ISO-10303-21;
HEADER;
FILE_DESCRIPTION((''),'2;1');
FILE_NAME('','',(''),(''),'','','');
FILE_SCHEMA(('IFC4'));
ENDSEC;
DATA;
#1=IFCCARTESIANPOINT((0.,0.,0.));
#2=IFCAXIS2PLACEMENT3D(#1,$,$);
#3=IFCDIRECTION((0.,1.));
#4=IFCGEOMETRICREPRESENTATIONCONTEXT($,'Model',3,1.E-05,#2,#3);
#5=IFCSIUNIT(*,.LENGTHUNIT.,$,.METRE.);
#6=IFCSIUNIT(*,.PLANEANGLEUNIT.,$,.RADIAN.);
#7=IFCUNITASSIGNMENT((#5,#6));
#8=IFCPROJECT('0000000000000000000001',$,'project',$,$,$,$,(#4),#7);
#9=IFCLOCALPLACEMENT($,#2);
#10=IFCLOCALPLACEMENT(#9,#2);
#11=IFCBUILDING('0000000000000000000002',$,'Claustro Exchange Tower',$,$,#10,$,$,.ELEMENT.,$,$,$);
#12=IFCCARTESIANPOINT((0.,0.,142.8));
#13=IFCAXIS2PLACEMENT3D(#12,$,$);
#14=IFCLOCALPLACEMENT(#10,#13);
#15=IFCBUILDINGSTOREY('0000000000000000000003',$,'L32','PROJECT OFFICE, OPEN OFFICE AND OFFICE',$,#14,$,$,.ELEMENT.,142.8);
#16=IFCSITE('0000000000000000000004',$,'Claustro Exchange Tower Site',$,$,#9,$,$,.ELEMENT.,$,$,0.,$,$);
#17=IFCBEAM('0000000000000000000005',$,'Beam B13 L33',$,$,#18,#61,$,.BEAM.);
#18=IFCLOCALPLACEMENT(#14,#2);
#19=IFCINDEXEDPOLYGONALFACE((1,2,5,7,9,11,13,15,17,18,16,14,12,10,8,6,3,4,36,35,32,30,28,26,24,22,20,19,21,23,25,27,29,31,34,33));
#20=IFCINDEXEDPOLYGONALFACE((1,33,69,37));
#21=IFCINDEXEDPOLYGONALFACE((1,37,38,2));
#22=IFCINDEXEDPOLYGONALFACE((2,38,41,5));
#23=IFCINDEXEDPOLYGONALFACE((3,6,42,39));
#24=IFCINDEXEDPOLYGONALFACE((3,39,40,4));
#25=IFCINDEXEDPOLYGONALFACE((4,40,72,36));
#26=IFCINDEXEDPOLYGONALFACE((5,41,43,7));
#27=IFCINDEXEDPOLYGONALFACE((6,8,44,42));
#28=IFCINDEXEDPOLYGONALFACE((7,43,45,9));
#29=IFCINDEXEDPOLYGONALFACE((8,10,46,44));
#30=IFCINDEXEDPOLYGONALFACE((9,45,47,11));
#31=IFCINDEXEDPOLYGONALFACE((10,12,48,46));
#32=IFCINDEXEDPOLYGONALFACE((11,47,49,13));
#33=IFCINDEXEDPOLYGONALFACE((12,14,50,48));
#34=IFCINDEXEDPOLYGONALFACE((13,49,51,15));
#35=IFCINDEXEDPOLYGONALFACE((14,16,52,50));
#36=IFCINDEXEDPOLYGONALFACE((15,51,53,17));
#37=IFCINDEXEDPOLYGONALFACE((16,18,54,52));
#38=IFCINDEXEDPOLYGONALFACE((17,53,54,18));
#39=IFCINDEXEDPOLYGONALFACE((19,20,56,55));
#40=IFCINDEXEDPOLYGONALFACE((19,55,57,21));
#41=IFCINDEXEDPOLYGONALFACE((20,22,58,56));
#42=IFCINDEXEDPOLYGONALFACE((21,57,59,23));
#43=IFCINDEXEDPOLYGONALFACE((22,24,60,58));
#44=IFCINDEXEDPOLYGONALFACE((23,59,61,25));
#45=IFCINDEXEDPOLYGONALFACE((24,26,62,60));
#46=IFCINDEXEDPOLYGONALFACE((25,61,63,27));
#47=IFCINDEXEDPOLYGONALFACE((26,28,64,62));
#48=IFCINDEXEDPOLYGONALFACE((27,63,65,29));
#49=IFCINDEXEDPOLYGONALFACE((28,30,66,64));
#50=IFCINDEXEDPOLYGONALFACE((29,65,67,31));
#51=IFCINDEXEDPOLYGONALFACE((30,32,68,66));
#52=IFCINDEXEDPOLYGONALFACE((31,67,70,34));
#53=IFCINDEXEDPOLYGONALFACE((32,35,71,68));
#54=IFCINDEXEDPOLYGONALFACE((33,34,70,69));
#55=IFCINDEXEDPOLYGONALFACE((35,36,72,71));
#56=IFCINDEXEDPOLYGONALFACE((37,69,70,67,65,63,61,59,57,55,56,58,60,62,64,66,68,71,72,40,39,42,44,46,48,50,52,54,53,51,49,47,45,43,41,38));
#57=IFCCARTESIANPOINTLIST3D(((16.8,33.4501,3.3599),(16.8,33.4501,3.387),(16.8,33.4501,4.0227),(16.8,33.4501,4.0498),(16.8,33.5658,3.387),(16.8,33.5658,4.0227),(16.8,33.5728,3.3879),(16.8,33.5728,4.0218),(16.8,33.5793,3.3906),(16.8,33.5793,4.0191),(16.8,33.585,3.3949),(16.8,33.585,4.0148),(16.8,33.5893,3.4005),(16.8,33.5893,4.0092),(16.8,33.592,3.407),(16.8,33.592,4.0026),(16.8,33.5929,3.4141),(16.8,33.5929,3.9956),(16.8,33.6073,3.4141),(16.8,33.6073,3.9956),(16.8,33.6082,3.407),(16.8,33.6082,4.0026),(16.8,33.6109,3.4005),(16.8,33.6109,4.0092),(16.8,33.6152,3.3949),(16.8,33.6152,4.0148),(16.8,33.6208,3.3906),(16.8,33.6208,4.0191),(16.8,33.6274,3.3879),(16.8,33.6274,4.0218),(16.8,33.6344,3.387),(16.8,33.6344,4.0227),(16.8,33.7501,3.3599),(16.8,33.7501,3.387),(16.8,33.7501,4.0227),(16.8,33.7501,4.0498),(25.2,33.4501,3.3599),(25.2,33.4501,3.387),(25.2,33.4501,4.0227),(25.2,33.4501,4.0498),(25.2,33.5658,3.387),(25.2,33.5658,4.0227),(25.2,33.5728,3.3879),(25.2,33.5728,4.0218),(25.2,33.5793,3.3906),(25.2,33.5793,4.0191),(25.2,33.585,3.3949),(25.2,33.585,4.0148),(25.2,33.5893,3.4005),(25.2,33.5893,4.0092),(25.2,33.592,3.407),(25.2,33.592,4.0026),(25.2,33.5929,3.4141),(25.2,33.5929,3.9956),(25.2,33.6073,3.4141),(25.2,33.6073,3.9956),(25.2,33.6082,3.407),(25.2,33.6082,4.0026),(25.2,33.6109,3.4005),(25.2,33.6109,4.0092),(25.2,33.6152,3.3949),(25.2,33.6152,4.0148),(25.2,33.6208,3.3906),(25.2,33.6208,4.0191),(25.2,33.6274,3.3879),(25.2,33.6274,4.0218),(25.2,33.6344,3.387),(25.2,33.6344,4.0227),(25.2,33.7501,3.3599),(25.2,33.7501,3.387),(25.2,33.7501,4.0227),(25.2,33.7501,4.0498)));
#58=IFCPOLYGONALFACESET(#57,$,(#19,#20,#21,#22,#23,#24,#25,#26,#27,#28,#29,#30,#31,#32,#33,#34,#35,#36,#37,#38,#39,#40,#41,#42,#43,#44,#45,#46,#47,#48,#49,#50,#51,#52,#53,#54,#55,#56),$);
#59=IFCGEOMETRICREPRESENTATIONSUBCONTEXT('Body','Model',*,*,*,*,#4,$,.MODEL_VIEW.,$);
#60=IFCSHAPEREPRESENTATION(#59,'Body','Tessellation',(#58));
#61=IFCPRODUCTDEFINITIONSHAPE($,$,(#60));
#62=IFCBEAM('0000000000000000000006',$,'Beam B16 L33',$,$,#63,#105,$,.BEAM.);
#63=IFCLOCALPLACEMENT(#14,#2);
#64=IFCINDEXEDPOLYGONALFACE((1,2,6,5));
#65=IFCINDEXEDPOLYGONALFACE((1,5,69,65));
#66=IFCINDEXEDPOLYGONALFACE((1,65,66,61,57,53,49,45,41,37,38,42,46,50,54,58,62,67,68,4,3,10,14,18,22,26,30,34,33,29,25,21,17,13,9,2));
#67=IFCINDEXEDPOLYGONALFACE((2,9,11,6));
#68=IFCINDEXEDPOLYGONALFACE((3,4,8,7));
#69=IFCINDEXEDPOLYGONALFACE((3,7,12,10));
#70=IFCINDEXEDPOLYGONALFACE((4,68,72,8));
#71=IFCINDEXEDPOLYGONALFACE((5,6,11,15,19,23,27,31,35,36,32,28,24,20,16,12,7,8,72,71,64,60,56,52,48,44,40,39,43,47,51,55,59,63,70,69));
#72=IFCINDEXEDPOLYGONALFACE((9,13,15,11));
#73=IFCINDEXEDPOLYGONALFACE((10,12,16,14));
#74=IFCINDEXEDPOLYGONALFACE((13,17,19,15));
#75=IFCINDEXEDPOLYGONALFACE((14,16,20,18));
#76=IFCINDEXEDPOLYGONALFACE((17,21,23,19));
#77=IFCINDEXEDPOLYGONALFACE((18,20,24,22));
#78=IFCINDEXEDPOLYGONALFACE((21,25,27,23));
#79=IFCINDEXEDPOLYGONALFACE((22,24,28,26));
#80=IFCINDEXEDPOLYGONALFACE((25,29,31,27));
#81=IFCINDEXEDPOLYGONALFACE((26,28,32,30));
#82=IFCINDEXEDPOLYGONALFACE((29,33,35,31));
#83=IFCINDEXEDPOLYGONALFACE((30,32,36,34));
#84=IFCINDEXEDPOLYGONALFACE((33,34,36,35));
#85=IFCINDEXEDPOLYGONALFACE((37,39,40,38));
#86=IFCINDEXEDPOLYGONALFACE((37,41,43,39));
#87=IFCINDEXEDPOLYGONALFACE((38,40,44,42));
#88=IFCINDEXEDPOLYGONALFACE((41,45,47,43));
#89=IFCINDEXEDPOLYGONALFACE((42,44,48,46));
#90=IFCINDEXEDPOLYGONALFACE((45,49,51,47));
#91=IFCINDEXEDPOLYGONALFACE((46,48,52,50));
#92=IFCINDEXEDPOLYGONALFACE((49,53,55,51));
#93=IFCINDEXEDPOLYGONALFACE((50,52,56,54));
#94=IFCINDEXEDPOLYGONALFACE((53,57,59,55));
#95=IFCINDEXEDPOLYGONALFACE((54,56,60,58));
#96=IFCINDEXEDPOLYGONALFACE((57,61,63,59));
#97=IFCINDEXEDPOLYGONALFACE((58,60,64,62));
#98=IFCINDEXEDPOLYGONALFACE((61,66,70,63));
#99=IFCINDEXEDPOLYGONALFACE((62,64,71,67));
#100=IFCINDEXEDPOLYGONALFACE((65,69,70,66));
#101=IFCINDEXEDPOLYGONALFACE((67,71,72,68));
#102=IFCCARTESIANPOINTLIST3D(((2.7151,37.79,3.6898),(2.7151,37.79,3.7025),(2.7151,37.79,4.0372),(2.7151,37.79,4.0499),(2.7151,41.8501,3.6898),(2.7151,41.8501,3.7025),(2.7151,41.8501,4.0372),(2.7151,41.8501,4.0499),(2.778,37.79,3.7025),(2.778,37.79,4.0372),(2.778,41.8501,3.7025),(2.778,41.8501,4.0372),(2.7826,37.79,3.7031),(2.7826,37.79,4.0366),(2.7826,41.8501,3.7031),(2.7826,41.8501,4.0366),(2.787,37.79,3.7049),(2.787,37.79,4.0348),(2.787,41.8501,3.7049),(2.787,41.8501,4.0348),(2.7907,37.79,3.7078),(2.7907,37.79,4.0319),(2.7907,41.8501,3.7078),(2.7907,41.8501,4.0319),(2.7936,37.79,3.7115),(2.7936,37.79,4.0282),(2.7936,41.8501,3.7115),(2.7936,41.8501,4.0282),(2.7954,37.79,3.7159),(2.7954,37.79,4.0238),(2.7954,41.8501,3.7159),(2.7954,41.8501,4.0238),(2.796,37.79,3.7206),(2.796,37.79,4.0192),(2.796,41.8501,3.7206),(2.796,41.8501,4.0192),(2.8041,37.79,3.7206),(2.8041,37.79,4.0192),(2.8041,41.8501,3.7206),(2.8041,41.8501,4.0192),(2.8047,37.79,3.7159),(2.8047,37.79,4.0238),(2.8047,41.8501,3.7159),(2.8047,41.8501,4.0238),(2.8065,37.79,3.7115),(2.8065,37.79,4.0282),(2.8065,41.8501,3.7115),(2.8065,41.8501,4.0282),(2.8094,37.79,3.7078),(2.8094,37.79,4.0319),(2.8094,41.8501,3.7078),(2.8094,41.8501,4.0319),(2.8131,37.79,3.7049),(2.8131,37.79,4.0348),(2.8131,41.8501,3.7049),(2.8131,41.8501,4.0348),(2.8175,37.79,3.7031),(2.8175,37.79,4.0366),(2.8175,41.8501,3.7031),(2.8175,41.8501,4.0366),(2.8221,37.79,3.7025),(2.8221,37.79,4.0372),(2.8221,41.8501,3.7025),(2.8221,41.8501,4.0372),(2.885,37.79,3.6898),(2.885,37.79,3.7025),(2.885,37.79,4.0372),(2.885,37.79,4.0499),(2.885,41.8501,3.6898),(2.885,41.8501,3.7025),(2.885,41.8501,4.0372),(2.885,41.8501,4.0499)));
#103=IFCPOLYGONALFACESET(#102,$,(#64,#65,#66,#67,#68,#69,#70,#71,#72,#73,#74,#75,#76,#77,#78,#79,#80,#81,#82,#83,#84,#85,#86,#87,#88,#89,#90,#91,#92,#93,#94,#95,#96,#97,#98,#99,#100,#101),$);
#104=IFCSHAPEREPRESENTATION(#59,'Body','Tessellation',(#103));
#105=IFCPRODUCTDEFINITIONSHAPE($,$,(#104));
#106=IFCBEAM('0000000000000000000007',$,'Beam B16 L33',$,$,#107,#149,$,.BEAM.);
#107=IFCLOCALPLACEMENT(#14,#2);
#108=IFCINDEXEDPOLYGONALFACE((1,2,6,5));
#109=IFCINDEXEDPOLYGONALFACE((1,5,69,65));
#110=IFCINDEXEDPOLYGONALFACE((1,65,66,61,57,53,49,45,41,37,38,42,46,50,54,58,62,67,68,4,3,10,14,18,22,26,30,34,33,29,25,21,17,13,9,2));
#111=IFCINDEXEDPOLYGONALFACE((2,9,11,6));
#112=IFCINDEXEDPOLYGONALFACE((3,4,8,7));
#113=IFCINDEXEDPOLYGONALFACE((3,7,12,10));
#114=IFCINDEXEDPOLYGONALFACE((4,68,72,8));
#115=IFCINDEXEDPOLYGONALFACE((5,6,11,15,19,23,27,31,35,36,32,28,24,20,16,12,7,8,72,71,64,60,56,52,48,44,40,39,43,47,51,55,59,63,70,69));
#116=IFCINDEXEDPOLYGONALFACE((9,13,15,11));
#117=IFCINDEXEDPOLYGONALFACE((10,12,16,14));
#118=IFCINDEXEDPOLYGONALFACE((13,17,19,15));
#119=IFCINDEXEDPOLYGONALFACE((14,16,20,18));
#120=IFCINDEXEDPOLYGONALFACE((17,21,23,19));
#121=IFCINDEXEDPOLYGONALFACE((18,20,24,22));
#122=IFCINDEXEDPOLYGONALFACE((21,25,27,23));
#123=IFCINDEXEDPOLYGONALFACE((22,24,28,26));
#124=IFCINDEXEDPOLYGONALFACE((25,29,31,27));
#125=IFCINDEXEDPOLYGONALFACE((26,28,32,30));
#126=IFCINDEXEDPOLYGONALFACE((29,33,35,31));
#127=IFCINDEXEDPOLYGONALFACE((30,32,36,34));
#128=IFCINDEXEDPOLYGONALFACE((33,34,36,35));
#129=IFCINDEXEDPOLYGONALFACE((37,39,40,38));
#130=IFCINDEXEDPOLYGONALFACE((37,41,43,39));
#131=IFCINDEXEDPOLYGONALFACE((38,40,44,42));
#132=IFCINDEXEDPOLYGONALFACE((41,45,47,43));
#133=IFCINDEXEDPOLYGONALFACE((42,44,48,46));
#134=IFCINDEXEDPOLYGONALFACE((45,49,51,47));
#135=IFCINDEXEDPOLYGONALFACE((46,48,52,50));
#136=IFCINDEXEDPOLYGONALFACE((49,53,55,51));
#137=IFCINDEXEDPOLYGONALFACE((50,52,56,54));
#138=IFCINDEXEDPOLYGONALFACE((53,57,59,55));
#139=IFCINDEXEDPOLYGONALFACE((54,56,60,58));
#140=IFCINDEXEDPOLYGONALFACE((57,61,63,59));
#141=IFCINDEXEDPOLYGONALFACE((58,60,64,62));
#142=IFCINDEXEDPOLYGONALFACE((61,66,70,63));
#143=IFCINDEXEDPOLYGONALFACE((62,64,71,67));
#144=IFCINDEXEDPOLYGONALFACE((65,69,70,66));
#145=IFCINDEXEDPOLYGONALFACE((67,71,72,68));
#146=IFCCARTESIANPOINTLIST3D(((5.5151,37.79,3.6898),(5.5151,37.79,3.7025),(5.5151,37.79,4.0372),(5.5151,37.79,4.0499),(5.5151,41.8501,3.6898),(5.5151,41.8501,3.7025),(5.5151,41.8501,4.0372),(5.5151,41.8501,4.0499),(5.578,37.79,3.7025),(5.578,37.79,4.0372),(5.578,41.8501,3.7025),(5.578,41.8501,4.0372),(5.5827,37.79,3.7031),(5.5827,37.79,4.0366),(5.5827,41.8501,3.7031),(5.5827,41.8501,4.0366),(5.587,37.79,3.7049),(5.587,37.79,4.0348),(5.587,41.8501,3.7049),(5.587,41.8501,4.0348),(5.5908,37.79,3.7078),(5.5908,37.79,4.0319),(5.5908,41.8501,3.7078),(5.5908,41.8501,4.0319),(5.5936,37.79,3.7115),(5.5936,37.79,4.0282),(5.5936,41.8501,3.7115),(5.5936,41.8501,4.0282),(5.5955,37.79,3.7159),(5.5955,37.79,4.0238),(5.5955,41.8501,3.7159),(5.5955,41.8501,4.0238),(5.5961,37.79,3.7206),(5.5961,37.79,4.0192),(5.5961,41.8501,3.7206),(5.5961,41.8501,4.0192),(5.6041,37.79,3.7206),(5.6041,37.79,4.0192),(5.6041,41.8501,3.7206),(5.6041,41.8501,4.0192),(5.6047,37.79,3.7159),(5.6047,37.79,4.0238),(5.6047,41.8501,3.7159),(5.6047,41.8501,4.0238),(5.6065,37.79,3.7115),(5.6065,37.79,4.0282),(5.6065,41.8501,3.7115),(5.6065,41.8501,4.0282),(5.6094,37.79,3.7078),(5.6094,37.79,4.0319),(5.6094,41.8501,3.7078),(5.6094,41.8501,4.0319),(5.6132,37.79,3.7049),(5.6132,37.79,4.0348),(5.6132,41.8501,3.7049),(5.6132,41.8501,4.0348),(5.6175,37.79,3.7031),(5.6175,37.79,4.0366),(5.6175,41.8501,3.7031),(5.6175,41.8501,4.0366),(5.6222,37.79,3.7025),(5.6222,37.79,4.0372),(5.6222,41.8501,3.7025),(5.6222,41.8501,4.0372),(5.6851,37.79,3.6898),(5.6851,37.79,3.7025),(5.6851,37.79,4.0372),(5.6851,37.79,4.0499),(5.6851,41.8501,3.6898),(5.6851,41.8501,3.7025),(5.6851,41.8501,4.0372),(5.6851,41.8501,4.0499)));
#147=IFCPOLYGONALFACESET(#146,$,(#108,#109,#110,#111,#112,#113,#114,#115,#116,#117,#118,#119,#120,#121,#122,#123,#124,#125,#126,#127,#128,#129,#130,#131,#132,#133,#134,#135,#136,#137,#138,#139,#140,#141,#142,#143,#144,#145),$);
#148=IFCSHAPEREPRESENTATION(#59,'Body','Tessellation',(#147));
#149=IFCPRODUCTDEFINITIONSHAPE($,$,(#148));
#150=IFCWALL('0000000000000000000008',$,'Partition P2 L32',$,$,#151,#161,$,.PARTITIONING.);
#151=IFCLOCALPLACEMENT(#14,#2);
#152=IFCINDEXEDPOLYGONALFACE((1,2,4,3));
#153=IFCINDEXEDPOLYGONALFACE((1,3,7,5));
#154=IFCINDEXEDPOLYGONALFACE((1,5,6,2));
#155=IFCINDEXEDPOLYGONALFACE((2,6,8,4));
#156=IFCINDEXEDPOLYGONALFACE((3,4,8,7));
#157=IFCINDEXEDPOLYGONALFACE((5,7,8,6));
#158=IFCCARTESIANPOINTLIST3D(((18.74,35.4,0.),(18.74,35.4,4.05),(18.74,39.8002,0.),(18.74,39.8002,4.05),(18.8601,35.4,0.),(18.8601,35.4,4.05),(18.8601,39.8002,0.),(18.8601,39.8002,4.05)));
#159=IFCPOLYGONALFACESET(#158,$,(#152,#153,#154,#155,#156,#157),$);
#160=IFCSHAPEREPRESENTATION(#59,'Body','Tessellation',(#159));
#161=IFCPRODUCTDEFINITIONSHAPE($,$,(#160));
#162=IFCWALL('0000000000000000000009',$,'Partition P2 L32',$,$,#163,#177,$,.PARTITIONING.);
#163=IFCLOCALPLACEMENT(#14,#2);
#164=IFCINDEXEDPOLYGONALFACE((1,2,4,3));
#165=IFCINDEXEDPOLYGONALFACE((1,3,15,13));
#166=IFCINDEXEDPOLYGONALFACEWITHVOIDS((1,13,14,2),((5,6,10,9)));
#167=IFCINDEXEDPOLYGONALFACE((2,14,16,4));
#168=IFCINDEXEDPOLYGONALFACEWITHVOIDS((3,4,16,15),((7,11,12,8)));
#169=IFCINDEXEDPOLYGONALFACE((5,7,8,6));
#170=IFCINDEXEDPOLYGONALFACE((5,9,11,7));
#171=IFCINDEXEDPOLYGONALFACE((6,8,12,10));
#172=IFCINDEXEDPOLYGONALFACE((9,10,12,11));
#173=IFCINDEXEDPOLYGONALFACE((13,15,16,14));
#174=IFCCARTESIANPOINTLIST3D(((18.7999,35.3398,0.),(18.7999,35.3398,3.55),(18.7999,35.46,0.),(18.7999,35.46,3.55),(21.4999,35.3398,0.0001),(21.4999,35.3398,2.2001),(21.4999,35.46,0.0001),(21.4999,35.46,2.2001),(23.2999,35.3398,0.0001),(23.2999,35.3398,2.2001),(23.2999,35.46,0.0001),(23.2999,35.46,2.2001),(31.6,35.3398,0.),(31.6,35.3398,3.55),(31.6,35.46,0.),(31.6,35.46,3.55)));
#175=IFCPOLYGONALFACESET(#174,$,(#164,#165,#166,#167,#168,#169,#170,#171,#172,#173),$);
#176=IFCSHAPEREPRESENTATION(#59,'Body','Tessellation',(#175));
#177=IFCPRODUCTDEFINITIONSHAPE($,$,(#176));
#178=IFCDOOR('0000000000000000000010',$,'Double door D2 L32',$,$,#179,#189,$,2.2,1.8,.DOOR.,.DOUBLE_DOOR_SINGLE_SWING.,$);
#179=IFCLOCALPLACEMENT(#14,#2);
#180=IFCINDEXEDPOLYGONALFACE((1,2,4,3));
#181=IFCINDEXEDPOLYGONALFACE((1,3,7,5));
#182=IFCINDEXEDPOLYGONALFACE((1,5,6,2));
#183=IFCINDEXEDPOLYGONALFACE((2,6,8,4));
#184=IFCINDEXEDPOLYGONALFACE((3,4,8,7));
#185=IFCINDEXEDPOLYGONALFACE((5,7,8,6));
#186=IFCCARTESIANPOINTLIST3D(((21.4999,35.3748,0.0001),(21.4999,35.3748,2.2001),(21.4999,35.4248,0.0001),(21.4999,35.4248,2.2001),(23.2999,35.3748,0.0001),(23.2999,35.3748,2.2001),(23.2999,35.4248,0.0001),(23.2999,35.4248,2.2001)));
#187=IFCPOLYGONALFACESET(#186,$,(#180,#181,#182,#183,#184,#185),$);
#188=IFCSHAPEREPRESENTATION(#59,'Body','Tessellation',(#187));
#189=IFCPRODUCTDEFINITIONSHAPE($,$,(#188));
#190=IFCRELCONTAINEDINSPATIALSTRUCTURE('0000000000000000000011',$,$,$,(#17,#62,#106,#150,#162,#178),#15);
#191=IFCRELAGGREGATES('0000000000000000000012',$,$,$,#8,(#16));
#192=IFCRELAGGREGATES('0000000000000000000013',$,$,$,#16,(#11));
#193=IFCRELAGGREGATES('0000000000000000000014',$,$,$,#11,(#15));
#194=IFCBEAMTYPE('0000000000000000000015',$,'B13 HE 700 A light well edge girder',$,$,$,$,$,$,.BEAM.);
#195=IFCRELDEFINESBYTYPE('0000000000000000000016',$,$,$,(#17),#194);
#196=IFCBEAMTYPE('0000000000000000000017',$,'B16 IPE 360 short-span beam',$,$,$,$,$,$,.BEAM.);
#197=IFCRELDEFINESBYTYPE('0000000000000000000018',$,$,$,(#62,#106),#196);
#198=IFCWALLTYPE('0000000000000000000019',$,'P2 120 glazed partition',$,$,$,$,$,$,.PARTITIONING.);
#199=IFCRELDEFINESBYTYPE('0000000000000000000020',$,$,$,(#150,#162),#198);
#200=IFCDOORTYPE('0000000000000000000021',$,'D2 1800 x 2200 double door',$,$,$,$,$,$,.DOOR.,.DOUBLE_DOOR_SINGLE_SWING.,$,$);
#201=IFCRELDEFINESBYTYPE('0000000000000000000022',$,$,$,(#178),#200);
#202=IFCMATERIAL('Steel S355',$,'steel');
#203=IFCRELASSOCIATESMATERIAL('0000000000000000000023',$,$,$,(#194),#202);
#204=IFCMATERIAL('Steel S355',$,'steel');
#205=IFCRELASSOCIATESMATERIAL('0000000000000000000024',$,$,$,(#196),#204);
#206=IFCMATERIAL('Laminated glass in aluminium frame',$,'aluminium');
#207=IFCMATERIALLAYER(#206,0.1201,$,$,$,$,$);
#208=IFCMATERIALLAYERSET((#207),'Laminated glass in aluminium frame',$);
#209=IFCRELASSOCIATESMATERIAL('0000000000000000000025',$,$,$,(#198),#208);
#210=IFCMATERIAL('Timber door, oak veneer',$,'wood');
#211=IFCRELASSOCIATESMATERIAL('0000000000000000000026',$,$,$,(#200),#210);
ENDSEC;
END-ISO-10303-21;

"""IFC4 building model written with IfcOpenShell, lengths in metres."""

from ifc_helpers import new_model, si_unit, direction, frame, frame_2d, origin, origin_2d, place, context, subcontext, project, spatial, rectangle, i_section, extrude, material, layer, layer_set, material_profile, profile_set, type_object, element, fill, save


model = new_model("IFC4")

# Units and contexts
model_context = context("Model", 3, precision=1e-05, world=origin(), true_north=direction((0.0, 1.0)))
body_context = subcontext(model_context, "Body", "Model", "MODEL_VIEW")
ifc_project = project(units=[si_unit("LENGTHUNIT", "METRE"), si_unit("PLANEANGLEUNIT", "RADIAN")], contexts=[model_context])

# Site, building, storey
site_placement = place(None, origin())
site = spatial("IfcSite", under=ifc_project, at=site_placement, Name="Claustro Exchange Tower Site", CompositionType="ELEMENT", RefElevation=0.0)
building_placement = place(site_placement, origin())
building = spatial("IfcBuilding", under=site, at=building_placement, Name="Claustro Exchange Tower", CompositionType="ELEMENT")
storey_placement = place(building_placement, frame((0.0, 0.0, 142.8)))
storey = spatial("IfcBuildingStorey", under=building, at=storey_placement, Name="L32", Description="PROJECT OFFICE, OPEN OFFICE AND OFFICE", CompositionType="ELEMENT", Elevation=142.8)

# Beams
ifc_material_1 = material(Name="Steel S355", Category="steel")
ifc_material_profile_1 = material_profile(ifc_material_1, i_section(OverallWidth=0.3, OverallDepth=0.6899, WebThickness=0.0144, FlangeThickness=0.0271, FilletRadius=0.0271, at=origin_2d()), Name="HE 700 A")
ifc_profile_set_1 = profile_set([ifc_material_profile_1], Name="Steel S355")
beam_type_1 = type_object("IfcBeamType", Name="B13 HE 700 A light well edge girder", PredefinedType="BEAM", material=ifc_profile_set_1)
beam_placement = place(storey_placement, frame((16.8, 33.6001, 3.7048), z_axis=(1.0, 0.0, 0.0), x_axis=(0.0, 1.0, 0.0)))
element("IfcBeam", 1, at=beam_placement, inside=storey, type_object=beam_type_1, Name="Beam B13 L33", PredefinedType="BEAM", context=body_context, shape_type="SweptSolid", body=[
    extrude(i_section(OverallWidth=0.3, OverallDepth=0.6899, WebThickness=0.0144, FlangeThickness=0.0271, FilletRadius=0.0271, at=origin_2d()), origin(), (0.0, 0.0, 1.0), 8.3999),
])
ifc_material_2 = material(Name="Steel S355", Category="steel")
ifc_material_profile_2 = material_profile(ifc_material_2, i_section(OverallWidth=0.1699, OverallDepth=0.3601, WebThickness=0.0081, FlangeThickness=0.0127, FilletRadius=0.0181, at=origin_2d()), Name="IPE 360")
ifc_profile_set_2 = profile_set([ifc_material_profile_2], Name="Steel S355")
beam_type_2 = type_object("IfcBeamType", Name="B16 IPE 360 short-span beam", PredefinedType="BEAM", material=ifc_profile_set_2)
for number, where, z_axis, x_axis, name in (
    (2, (2.8, 37.79, 3.8699), (0.0, 1.0, 0.0), (-1.0, 0.0, 0.0), "Beam B16 L33"),
    (3, (5.6001, 37.79, 3.8699), (0.0, 1.0, 0.0), (-1.0, 0.0, 0.0), "Beam B16 L33"),
):
    element("IfcBeam", number, at=place(storey_placement, frame(where, z_axis=z_axis, x_axis=x_axis)), inside=storey, type_object=beam_type_2, Name=name, PredefinedType="BEAM", context=body_context, shape_type="SweptSolid", body=[
        extrude(i_section(OverallWidth=0.1699, OverallDepth=0.3601, WebThickness=0.0081, FlangeThickness=0.0127, FilletRadius=0.0181, at=origin_2d()), origin(), (0.0, 0.0, 1.0), 4.0601),
    ])

# Wall
ifc_material_3 = material(Name="Laminated glass in aluminium frame", Category="aluminium")
ifc_layer_1 = layer(ifc_material_3, 0.1201)
ifc_layer_set_1 = layer_set([ifc_layer_1], Name="Laminated glass in aluminium frame")
wall_type_1 = type_object("IfcWallType", Name="P2 120 glazed partition", PredefinedType="PARTITIONING", material=ifc_layer_set_1)
wall_1_placement = place(storey_placement, frame((18.8, 35.3999, 0.0), z_axis=(0.0, 0.0, 1.0), x_axis=(0.0, 1.0, 0.0)))
element("IfcWall", 4, at=wall_1_placement, inside=storey, type_object=wall_type_1, Name="Partition P2 L32", PredefinedType="PARTITIONING", context=body_context, shape_type="SweptSolid", body=[
    extrude(rectangle(XDim=4.4001, YDim=0.1201, at=frame_2d((2.2002, 0.0))), origin(), (0.0, 0.0, 1.0), 4.05),
])

# Wall, opening, door
wall_2_placement = place(storey_placement, frame((18.8, 35.3999, 0.0), z_axis=(0.0, 0.0, 1.0), x_axis=(1.0, 0.0, 0.0)))
wall_2 = element("IfcWall", 5, at=wall_2_placement, inside=storey, type_object=wall_type_1, Name="Partition P2 L32", PredefinedType="PARTITIONING", context=body_context, shape_type="SweptSolid", body=[
    extrude(rectangle(XDim=12.8, YDim=0.1201, at=frame_2d((6.3999, 0.0))), origin(), (0.0, 0.0, 1.0), 3.55),
])
opening_1_placement = place(wall_2_placement, frame((2.7, 0.0, 0.0)))
opening_1 = element("IfcOpeningElement", 6, at=opening_1_placement, cuts=wall_2, PredefinedType="OPENING", context=body_context, shape_type="SweptSolid", body=[
    extrude(rectangle(XDim=1.8, YDim=2.2, at=frame_2d((0.8999, 1.1001))), frame((0.0, 0.0701, 0.0), z_axis=(0.0, -1.0, 0.0), x_axis=(1.0, 0.0, 0.0)), (0.0, 0.0, 1.0), 0.1401),
])
ifc_material_4 = material(Name="Timber door, oak veneer", Category="wood")
door_type_1 = type_object("IfcDoorType", Name="D2 1800 x 2200 double door", OperationType="DOUBLE_DOOR_SINGLE_SWING", PredefinedType="DOOR", material=ifc_material_4)
door_1_placement = place(opening_1_placement, origin())
door_1 = element("IfcDoor", 7, at=door_1_placement, inside=storey, type_object=door_type_1, Name="Double door D2 L32", OperationType="DOUBLE_DOOR_SINGLE_SWING", OverallHeight=2.2, OverallWidth=1.8, PredefinedType="DOOR", context=body_context, shape_type="SweptSolid", body=[
    extrude(rectangle(XDim=1.8, YDim=2.2, at=frame_2d((0.8999, 1.1001))), frame((0.0, 0.0249, 0.0), z_axis=(0.0, -1.0, 0.0), x_axis=(1.0, 0.0, 0.0)), (0.0, 0.0, 1.0), 0.05),
])
fill(opening_1, door_1)

save(model, "model.ifc")
